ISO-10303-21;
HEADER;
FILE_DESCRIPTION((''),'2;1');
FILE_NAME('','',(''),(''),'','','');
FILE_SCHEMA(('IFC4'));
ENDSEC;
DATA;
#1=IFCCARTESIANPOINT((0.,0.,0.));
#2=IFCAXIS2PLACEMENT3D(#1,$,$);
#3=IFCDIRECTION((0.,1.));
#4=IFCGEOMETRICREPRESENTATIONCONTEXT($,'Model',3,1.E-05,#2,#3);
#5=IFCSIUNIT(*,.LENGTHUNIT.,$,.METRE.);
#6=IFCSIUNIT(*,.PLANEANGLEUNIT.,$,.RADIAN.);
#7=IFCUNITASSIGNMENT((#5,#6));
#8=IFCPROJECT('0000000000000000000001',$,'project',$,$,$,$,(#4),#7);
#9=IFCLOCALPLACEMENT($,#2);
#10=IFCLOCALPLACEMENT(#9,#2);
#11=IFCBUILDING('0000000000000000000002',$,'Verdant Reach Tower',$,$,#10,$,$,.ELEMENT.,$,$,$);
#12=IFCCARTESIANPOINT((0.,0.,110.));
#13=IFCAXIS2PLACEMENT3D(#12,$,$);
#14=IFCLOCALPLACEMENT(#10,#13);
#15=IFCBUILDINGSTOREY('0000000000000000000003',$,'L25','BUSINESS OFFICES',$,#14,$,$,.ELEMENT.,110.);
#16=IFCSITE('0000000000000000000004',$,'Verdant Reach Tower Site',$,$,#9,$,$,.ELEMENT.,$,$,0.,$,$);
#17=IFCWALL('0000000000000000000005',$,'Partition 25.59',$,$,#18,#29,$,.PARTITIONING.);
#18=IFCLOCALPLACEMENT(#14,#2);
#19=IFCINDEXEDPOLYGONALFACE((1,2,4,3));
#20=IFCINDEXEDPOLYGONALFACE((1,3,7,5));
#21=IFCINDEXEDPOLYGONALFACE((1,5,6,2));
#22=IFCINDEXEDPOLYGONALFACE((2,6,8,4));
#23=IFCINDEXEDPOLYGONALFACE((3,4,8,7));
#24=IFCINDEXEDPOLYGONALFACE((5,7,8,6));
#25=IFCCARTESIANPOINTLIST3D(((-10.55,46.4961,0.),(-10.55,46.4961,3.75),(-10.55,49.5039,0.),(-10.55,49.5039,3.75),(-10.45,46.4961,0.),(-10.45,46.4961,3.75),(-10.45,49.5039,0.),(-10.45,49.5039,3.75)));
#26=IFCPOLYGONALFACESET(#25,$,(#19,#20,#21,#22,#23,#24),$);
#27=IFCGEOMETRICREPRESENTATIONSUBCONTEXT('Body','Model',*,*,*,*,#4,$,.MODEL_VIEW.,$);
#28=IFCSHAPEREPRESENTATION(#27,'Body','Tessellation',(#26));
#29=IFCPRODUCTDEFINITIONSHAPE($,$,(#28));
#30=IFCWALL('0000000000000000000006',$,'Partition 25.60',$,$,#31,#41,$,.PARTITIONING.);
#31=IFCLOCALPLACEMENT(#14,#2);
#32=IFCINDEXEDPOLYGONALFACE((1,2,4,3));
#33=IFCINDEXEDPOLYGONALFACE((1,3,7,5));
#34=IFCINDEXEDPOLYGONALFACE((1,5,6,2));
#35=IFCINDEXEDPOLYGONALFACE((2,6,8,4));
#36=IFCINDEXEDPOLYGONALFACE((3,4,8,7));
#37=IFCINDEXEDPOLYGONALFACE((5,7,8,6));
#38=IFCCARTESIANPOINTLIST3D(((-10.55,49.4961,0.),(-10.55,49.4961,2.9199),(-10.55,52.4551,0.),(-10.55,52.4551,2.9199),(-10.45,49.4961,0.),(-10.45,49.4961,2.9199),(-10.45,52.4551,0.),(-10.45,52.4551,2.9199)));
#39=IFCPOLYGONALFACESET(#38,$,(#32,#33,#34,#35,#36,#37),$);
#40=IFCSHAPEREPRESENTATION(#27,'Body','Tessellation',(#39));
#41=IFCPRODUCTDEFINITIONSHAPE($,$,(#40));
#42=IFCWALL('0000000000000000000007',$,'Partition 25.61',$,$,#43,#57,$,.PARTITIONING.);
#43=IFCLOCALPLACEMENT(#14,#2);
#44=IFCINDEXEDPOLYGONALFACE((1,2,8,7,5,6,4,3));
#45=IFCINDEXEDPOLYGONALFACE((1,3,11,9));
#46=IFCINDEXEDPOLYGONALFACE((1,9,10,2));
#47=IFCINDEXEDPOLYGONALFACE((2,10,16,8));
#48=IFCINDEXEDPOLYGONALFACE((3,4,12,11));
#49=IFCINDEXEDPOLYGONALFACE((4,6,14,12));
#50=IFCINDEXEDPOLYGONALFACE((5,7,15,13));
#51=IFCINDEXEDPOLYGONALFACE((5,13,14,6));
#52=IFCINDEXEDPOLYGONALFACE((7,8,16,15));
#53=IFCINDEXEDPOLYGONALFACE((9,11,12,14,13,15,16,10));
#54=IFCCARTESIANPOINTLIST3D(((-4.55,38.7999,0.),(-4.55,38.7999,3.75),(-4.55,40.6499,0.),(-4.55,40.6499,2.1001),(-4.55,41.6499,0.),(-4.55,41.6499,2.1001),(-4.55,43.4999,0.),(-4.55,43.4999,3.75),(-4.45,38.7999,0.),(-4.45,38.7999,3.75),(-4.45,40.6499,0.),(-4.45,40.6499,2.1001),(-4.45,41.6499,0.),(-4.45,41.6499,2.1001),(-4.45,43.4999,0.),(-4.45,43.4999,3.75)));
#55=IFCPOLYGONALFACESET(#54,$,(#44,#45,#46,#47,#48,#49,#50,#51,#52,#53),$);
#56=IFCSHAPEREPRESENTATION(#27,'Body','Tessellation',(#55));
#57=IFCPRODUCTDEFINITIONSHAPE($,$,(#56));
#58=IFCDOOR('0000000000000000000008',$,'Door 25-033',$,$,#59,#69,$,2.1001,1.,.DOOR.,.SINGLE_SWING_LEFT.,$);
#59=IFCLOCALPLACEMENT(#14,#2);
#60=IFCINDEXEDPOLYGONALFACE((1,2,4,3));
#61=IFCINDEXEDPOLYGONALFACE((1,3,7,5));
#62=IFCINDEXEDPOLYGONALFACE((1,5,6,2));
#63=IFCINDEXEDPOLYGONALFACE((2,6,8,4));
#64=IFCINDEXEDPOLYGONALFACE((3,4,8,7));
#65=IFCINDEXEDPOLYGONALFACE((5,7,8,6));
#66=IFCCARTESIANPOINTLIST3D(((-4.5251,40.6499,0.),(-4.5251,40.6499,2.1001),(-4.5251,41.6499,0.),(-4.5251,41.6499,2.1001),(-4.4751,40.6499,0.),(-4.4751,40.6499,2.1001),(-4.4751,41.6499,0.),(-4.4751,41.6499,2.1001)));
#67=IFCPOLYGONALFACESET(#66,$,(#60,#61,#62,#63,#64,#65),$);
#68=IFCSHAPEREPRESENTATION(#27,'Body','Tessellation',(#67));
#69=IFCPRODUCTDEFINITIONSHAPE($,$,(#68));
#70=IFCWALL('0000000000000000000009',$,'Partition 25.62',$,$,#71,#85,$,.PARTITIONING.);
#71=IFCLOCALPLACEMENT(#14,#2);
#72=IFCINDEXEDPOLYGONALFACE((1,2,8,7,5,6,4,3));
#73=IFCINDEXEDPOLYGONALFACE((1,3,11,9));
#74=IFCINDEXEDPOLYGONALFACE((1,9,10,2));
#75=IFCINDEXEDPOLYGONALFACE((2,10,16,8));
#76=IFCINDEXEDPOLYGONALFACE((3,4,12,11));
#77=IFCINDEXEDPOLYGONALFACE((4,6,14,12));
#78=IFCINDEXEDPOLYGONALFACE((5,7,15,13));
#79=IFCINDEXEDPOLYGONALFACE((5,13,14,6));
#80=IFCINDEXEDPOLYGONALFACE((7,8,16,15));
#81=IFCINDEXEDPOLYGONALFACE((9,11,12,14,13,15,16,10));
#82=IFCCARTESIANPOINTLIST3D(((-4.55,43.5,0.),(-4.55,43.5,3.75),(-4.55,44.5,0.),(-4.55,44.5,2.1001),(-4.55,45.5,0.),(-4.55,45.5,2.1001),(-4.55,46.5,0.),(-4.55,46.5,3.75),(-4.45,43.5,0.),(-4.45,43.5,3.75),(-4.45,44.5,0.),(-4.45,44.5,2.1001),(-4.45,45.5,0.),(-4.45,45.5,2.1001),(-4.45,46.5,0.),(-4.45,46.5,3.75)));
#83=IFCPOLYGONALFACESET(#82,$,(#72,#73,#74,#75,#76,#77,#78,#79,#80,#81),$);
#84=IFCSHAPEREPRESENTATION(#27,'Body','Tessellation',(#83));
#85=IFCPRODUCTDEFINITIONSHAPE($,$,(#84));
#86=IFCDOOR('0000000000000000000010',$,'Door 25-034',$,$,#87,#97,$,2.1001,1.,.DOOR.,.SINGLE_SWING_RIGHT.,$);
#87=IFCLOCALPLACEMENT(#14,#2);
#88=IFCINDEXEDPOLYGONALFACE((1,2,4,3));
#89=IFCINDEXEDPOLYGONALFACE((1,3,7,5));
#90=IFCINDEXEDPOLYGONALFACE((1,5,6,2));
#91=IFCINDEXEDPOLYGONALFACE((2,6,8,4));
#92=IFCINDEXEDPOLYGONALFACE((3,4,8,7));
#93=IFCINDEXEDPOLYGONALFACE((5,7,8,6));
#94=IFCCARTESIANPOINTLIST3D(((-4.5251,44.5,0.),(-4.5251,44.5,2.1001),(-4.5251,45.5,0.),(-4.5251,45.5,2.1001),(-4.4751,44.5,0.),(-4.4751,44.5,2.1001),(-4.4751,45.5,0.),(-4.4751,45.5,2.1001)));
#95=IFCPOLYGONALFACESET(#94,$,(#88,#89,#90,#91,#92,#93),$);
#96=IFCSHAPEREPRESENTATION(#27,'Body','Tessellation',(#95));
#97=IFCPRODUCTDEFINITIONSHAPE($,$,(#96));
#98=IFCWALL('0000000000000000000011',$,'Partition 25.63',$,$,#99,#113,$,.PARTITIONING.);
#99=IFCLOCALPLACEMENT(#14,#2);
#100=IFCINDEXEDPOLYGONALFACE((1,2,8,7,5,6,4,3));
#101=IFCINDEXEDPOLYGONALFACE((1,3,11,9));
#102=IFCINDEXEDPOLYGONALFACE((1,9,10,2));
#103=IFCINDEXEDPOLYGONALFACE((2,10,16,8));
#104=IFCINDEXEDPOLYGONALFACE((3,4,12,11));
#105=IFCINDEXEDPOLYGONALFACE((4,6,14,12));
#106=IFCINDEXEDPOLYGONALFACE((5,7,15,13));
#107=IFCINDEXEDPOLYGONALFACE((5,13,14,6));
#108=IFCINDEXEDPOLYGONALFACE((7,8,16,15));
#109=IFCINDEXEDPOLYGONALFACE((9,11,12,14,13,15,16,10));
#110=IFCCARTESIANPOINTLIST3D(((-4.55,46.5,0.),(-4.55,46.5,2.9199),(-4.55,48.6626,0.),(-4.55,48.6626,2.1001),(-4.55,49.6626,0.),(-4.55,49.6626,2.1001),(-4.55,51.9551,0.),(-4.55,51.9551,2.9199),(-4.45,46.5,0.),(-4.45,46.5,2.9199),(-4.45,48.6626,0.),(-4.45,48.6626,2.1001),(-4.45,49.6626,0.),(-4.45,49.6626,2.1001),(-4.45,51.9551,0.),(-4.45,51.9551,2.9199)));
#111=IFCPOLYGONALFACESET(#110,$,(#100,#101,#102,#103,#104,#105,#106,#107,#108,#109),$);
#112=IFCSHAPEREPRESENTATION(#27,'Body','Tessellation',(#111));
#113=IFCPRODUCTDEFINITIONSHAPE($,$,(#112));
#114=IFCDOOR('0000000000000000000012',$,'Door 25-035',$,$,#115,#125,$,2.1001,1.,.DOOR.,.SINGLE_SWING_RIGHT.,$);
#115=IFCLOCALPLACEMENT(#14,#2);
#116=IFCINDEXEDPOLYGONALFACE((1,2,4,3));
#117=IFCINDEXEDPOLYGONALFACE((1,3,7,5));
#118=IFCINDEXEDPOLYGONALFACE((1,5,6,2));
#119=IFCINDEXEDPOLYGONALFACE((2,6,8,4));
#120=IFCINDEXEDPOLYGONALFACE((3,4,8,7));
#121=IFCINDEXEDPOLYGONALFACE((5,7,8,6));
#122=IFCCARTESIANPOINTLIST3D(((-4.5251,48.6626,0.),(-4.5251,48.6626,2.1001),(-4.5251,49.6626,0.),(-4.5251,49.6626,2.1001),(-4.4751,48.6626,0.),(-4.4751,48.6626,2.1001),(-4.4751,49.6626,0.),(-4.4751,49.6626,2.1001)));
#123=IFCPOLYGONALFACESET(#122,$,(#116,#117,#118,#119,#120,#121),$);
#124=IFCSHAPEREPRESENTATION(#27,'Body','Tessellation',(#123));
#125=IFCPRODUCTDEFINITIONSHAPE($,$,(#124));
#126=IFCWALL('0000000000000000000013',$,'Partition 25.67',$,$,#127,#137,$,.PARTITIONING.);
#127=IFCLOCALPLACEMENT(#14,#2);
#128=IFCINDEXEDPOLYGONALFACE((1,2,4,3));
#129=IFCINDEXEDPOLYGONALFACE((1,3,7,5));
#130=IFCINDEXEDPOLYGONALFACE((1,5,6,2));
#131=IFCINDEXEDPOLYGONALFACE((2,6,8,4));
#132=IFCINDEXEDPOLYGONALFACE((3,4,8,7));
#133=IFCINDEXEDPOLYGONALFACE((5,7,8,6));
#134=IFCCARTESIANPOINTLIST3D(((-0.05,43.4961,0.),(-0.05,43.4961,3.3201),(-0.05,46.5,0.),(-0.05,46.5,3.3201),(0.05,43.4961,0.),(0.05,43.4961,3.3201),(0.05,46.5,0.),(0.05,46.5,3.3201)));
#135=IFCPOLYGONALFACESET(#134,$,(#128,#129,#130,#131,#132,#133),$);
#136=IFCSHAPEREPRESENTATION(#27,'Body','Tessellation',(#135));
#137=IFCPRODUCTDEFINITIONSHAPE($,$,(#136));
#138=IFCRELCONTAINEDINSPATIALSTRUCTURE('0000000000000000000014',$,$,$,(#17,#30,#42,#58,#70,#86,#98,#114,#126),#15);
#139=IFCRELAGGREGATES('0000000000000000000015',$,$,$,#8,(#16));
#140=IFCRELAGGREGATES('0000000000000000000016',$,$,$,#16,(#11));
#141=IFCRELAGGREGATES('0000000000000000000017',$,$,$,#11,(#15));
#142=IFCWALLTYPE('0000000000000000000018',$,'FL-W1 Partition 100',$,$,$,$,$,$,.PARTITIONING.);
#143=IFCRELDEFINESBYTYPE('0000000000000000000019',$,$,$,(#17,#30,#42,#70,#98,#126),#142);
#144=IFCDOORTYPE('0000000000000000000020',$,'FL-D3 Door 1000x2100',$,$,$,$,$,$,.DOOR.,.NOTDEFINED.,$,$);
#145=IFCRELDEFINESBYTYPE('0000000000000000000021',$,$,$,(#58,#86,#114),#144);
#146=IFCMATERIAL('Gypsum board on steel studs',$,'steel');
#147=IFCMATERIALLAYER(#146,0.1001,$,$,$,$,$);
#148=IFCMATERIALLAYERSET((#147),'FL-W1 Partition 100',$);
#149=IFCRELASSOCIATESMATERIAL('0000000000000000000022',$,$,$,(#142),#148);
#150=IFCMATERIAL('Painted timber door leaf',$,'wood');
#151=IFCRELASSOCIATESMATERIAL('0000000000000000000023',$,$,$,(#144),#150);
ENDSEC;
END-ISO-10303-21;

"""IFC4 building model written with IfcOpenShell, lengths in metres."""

from ifc_helpers import new_model, si_unit, direction, frame, frame_2d, origin, place, context, subcontext, project, spatial, rectangle, extrude, material, layer, layer_set, type_object, element, fill, save


model = new_model("IFC4")

# Units and contexts
model_context = context("Model", 3, precision=1e-05, world=origin(), true_north=direction((0.0, 1.0)))
body_context = subcontext(model_context, "Body", "Model", "MODEL_VIEW")
ifc_project = project(units=[si_unit("LENGTHUNIT", "METRE"), si_unit("PLANEANGLEUNIT", "RADIAN")], contexts=[model_context])

# Site, building, storey
site_placement = place(None, origin())
site = spatial("IfcSite", under=ifc_project, at=site_placement, Name="Verdant Reach Tower Site", CompositionType="ELEMENT", RefElevation=0.0)
building_placement = place(site_placement, origin())
building = spatial("IfcBuilding", under=site, at=building_placement, Name="Verdant Reach Tower", CompositionType="ELEMENT")
storey_placement = place(building_placement, frame((0.0, 0.0, 110.0)))
storey = spatial("IfcBuildingStorey", under=building, at=storey_placement, Name="L25", Description="BUSINESS OFFICES", CompositionType="ELEMENT", Elevation=110.0)

# Shared definitions
ifc_material_1 = material(Name="Gypsum board on steel studs", Category="steel")
ifc_layer_1 = layer(ifc_material_1, 0.1001)
ifc_layer_set_1 = layer_set([ifc_layer_1], Name="FL-W1 Partition 100")
wall_type = type_object("IfcWallType", Name="FL-W1 Partition 100", PredefinedType="PARTITIONING", material=ifc_layer_set_1)

# Shared definitions
ifc_material_2 = material(Name="Painted timber door leaf", Category="wood")
door_type = type_object("IfcDoorType", Name="FL-D3 Door 1000x2100", OperationType="NOTDEFINED", PredefinedType="DOOR", material=ifc_material_2)

# Walls
wall_1_placement = place(storey_placement, frame((-10.5, 46.4961, 0.0), z_axis=(0.0, 0.0, 1.0), x_axis=(0.0, 1.0, 0.0)))
element("IfcWall", 1, at=wall_1_placement, inside=storey, type_object=wall_type, Name="Partition 25.59", PredefinedType="PARTITIONING", context=body_context, shape_type="SweptSolid", body=[
    extrude(rectangle(XDim=3.0078, YDim=0.1001, at=frame_2d((1.5039, 0.0))), origin(), (0.0, 0.0, 1.0), 3.75),
])
wall_2_placement = place(storey_placement, frame((-10.5, 49.4961, 0.0), z_axis=(0.0, 0.0, 1.0), x_axis=(0.0, 1.0, 0.0)))
element("IfcWall", 2, at=wall_2_placement, inside=storey, type_object=wall_type, Name="Partition 25.60", PredefinedType="PARTITIONING", context=body_context, shape_type="SweptSolid", body=[
    extrude(rectangle(XDim=2.959, YDim=0.1001, at=frame_2d((1.4795, 0.0))), origin(), (0.0, 0.0, 1.0), 2.9199),
])

# Walls, openings, doors
wall_3_placement = place(storey_placement, frame((-4.5, 43.5, 0.0), z_axis=(0.0, 0.0, 1.0), x_axis=(0.0, -1.0, 0.0)))
wall_3 = element("IfcWall", 3, at=wall_3_placement, inside=storey, type_object=wall_type, Name="Partition 25.61", PredefinedType="PARTITIONING", context=body_context, shape_type="SweptSolid", body=[
    extrude(rectangle(XDim=4.7, YDim=0.1001, at=frame_2d((2.3501, 0.0))), origin(), (0.0, 0.0, 1.0), 3.75),
])
opening_1_placement = place(wall_3_placement, frame((1.8501, 0.0, 0.0)))
opening_1 = element("IfcOpeningElement", 4, at=opening_1_placement, cuts=wall_3, PredefinedType="OPENING", context=body_context, shape_type="SweptSolid", body=[
    extrude(rectangle(XDim=1.0, YDim=2.1001, at=frame_2d((0.5, 1.05))), frame((0.0, 0.0601, 0.0), z_axis=(0.0, -1.0, 0.0), x_axis=(1.0, 0.0, 0.0)), (0.0, 0.0, 1.0), 0.1201),
])
door_1_placement = place(opening_1_placement, origin())
door_1 = element("IfcDoor", 5, at=door_1_placement, inside=storey, type_object=door_type, Name="Door 25-033", OperationType="SINGLE_SWING_LEFT", OverallHeight=2.1001, OverallWidth=1.0, PredefinedType="DOOR", context=body_context, shape_type="SweptSolid", body=[
    extrude(rectangle(XDim=1.0, YDim=2.1001, at=frame_2d((0.5, 1.05))), frame((0.0, 0.0249, 0.0), z_axis=(0.0, -1.0, 0.0), x_axis=(1.0, 0.0, 0.0)), (0.0, 0.0, 1.0), 0.05),
])
fill(opening_1, door_1)
wall_4_placement = place(storey_placement, frame((-4.5, 46.5, 0.0), z_axis=(0.0, 0.0, 1.0), x_axis=(0.0, -1.0, 0.0)))
wall_4 = element("IfcWall", 6, at=wall_4_placement, inside=storey, type_object=wall_type, Name="Partition 25.62", PredefinedType="PARTITIONING", context=body_context, shape_type="SweptSolid", body=[
    extrude(rectangle(XDim=3.0, YDim=0.1001, at=frame_2d((1.5, 0.0))), origin(), (0.0, 0.0, 1.0), 3.75),
])
opening_2_placement = place(wall_4_placement, frame((1.0, 0.0, 0.0)))
opening_2 = element("IfcOpeningElement", 7, at=opening_2_placement, cuts=wall_4, PredefinedType="OPENING", context=body_context, shape_type="SweptSolid", body=[
    extrude(rectangle(XDim=1.0, YDim=2.1001, at=frame_2d((0.5, 1.05))), frame((0.0, 0.0601, 0.0), z_axis=(0.0, -1.0, 0.0), x_axis=(1.0, 0.0, 0.0)), (0.0, 0.0, 1.0), 0.1201),
])
door_2_placement = place(opening_2_placement, origin())
door_2 = element("IfcDoor", 8, at=door_2_placement, inside=storey, type_object=door_type, Name="Door 25-034", OperationType="SINGLE_SWING_RIGHT", OverallHeight=2.1001, OverallWidth=1.0, PredefinedType="DOOR", context=body_context, shape_type="SweptSolid", body=[
    extrude(rectangle(XDim=1.0, YDim=2.1001, at=frame_2d((0.5, 1.05))), frame((0.0, 0.0249, 0.0), z_axis=(0.0, -1.0, 0.0), x_axis=(1.0, 0.0, 0.0)), (0.0, 0.0, 1.0), 0.05),
])
fill(opening_2, door_2)
wall_5_placement = place(storey_placement, frame((-4.5, 51.9551, 0.0), z_axis=(0.0, 0.0, 1.0), x_axis=(0.0, -1.0, 0.0)))
wall_5 = element("IfcWall", 9, at=wall_5_placement, inside=storey, type_object=wall_type, Name="Partition 25.63", PredefinedType="PARTITIONING", context=body_context, shape_type="SweptSolid", body=[
    extrude(rectangle(XDim=5.4551, YDim=0.1001, at=frame_2d((2.7275, 0.0))), origin(), (0.0, 0.0, 1.0), 2.9199),
])
opening_3_placement = place(wall_5_placement, frame((2.2925, 0.0, 0.0)))
opening_3 = element("IfcOpeningElement", 10, at=opening_3_placement, cuts=wall_5, PredefinedType="OPENING", context=body_context, shape_type="SweptSolid", body=[
    extrude(rectangle(XDim=1.0, YDim=2.1001, at=frame_2d((0.5, 1.05))), frame((0.0, 0.0601, 0.0), z_axis=(0.0, -1.0, 0.0), x_axis=(1.0, 0.0, 0.0)), (0.0, 0.0, 1.0), 0.1201),
])
door_3_placement = place(opening_3_placement, origin())
door_3 = element("IfcDoor", 11, at=door_3_placement, inside=storey, type_object=door_type, Name="Door 25-035", OperationType="SINGLE_SWING_RIGHT", OverallHeight=2.1001, OverallWidth=1.0, PredefinedType="DOOR", context=body_context, shape_type="SweptSolid", body=[
    extrude(rectangle(XDim=1.0, YDim=2.1001, at=frame_2d((0.5, 1.05))), frame((0.0, 0.0249, 0.0), z_axis=(0.0, -1.0, 0.0), x_axis=(1.0, 0.0, 0.0)), (0.0, 0.0, 1.0), 0.05),
])
fill(opening_3, door_3)

# Wall
wall_6_placement = place(storey_placement, frame((0.0, 43.4961, 0.0), z_axis=(0.0, 0.0, 1.0), x_axis=(0.0, 1.0, 0.0)))
element("IfcWall", 12, at=wall_6_placement, inside=storey, type_object=wall_type, Name="Partition 25.67", PredefinedType="PARTITIONING", context=body_context, shape_type="SweptSolid", body=[
    extrude(rectangle(XDim=3.0039, YDim=0.1001, at=frame_2d((1.502, 0.0))), origin(), (0.0, 0.0, 1.0), 3.3201),
])

save(model, "model.ifc")
